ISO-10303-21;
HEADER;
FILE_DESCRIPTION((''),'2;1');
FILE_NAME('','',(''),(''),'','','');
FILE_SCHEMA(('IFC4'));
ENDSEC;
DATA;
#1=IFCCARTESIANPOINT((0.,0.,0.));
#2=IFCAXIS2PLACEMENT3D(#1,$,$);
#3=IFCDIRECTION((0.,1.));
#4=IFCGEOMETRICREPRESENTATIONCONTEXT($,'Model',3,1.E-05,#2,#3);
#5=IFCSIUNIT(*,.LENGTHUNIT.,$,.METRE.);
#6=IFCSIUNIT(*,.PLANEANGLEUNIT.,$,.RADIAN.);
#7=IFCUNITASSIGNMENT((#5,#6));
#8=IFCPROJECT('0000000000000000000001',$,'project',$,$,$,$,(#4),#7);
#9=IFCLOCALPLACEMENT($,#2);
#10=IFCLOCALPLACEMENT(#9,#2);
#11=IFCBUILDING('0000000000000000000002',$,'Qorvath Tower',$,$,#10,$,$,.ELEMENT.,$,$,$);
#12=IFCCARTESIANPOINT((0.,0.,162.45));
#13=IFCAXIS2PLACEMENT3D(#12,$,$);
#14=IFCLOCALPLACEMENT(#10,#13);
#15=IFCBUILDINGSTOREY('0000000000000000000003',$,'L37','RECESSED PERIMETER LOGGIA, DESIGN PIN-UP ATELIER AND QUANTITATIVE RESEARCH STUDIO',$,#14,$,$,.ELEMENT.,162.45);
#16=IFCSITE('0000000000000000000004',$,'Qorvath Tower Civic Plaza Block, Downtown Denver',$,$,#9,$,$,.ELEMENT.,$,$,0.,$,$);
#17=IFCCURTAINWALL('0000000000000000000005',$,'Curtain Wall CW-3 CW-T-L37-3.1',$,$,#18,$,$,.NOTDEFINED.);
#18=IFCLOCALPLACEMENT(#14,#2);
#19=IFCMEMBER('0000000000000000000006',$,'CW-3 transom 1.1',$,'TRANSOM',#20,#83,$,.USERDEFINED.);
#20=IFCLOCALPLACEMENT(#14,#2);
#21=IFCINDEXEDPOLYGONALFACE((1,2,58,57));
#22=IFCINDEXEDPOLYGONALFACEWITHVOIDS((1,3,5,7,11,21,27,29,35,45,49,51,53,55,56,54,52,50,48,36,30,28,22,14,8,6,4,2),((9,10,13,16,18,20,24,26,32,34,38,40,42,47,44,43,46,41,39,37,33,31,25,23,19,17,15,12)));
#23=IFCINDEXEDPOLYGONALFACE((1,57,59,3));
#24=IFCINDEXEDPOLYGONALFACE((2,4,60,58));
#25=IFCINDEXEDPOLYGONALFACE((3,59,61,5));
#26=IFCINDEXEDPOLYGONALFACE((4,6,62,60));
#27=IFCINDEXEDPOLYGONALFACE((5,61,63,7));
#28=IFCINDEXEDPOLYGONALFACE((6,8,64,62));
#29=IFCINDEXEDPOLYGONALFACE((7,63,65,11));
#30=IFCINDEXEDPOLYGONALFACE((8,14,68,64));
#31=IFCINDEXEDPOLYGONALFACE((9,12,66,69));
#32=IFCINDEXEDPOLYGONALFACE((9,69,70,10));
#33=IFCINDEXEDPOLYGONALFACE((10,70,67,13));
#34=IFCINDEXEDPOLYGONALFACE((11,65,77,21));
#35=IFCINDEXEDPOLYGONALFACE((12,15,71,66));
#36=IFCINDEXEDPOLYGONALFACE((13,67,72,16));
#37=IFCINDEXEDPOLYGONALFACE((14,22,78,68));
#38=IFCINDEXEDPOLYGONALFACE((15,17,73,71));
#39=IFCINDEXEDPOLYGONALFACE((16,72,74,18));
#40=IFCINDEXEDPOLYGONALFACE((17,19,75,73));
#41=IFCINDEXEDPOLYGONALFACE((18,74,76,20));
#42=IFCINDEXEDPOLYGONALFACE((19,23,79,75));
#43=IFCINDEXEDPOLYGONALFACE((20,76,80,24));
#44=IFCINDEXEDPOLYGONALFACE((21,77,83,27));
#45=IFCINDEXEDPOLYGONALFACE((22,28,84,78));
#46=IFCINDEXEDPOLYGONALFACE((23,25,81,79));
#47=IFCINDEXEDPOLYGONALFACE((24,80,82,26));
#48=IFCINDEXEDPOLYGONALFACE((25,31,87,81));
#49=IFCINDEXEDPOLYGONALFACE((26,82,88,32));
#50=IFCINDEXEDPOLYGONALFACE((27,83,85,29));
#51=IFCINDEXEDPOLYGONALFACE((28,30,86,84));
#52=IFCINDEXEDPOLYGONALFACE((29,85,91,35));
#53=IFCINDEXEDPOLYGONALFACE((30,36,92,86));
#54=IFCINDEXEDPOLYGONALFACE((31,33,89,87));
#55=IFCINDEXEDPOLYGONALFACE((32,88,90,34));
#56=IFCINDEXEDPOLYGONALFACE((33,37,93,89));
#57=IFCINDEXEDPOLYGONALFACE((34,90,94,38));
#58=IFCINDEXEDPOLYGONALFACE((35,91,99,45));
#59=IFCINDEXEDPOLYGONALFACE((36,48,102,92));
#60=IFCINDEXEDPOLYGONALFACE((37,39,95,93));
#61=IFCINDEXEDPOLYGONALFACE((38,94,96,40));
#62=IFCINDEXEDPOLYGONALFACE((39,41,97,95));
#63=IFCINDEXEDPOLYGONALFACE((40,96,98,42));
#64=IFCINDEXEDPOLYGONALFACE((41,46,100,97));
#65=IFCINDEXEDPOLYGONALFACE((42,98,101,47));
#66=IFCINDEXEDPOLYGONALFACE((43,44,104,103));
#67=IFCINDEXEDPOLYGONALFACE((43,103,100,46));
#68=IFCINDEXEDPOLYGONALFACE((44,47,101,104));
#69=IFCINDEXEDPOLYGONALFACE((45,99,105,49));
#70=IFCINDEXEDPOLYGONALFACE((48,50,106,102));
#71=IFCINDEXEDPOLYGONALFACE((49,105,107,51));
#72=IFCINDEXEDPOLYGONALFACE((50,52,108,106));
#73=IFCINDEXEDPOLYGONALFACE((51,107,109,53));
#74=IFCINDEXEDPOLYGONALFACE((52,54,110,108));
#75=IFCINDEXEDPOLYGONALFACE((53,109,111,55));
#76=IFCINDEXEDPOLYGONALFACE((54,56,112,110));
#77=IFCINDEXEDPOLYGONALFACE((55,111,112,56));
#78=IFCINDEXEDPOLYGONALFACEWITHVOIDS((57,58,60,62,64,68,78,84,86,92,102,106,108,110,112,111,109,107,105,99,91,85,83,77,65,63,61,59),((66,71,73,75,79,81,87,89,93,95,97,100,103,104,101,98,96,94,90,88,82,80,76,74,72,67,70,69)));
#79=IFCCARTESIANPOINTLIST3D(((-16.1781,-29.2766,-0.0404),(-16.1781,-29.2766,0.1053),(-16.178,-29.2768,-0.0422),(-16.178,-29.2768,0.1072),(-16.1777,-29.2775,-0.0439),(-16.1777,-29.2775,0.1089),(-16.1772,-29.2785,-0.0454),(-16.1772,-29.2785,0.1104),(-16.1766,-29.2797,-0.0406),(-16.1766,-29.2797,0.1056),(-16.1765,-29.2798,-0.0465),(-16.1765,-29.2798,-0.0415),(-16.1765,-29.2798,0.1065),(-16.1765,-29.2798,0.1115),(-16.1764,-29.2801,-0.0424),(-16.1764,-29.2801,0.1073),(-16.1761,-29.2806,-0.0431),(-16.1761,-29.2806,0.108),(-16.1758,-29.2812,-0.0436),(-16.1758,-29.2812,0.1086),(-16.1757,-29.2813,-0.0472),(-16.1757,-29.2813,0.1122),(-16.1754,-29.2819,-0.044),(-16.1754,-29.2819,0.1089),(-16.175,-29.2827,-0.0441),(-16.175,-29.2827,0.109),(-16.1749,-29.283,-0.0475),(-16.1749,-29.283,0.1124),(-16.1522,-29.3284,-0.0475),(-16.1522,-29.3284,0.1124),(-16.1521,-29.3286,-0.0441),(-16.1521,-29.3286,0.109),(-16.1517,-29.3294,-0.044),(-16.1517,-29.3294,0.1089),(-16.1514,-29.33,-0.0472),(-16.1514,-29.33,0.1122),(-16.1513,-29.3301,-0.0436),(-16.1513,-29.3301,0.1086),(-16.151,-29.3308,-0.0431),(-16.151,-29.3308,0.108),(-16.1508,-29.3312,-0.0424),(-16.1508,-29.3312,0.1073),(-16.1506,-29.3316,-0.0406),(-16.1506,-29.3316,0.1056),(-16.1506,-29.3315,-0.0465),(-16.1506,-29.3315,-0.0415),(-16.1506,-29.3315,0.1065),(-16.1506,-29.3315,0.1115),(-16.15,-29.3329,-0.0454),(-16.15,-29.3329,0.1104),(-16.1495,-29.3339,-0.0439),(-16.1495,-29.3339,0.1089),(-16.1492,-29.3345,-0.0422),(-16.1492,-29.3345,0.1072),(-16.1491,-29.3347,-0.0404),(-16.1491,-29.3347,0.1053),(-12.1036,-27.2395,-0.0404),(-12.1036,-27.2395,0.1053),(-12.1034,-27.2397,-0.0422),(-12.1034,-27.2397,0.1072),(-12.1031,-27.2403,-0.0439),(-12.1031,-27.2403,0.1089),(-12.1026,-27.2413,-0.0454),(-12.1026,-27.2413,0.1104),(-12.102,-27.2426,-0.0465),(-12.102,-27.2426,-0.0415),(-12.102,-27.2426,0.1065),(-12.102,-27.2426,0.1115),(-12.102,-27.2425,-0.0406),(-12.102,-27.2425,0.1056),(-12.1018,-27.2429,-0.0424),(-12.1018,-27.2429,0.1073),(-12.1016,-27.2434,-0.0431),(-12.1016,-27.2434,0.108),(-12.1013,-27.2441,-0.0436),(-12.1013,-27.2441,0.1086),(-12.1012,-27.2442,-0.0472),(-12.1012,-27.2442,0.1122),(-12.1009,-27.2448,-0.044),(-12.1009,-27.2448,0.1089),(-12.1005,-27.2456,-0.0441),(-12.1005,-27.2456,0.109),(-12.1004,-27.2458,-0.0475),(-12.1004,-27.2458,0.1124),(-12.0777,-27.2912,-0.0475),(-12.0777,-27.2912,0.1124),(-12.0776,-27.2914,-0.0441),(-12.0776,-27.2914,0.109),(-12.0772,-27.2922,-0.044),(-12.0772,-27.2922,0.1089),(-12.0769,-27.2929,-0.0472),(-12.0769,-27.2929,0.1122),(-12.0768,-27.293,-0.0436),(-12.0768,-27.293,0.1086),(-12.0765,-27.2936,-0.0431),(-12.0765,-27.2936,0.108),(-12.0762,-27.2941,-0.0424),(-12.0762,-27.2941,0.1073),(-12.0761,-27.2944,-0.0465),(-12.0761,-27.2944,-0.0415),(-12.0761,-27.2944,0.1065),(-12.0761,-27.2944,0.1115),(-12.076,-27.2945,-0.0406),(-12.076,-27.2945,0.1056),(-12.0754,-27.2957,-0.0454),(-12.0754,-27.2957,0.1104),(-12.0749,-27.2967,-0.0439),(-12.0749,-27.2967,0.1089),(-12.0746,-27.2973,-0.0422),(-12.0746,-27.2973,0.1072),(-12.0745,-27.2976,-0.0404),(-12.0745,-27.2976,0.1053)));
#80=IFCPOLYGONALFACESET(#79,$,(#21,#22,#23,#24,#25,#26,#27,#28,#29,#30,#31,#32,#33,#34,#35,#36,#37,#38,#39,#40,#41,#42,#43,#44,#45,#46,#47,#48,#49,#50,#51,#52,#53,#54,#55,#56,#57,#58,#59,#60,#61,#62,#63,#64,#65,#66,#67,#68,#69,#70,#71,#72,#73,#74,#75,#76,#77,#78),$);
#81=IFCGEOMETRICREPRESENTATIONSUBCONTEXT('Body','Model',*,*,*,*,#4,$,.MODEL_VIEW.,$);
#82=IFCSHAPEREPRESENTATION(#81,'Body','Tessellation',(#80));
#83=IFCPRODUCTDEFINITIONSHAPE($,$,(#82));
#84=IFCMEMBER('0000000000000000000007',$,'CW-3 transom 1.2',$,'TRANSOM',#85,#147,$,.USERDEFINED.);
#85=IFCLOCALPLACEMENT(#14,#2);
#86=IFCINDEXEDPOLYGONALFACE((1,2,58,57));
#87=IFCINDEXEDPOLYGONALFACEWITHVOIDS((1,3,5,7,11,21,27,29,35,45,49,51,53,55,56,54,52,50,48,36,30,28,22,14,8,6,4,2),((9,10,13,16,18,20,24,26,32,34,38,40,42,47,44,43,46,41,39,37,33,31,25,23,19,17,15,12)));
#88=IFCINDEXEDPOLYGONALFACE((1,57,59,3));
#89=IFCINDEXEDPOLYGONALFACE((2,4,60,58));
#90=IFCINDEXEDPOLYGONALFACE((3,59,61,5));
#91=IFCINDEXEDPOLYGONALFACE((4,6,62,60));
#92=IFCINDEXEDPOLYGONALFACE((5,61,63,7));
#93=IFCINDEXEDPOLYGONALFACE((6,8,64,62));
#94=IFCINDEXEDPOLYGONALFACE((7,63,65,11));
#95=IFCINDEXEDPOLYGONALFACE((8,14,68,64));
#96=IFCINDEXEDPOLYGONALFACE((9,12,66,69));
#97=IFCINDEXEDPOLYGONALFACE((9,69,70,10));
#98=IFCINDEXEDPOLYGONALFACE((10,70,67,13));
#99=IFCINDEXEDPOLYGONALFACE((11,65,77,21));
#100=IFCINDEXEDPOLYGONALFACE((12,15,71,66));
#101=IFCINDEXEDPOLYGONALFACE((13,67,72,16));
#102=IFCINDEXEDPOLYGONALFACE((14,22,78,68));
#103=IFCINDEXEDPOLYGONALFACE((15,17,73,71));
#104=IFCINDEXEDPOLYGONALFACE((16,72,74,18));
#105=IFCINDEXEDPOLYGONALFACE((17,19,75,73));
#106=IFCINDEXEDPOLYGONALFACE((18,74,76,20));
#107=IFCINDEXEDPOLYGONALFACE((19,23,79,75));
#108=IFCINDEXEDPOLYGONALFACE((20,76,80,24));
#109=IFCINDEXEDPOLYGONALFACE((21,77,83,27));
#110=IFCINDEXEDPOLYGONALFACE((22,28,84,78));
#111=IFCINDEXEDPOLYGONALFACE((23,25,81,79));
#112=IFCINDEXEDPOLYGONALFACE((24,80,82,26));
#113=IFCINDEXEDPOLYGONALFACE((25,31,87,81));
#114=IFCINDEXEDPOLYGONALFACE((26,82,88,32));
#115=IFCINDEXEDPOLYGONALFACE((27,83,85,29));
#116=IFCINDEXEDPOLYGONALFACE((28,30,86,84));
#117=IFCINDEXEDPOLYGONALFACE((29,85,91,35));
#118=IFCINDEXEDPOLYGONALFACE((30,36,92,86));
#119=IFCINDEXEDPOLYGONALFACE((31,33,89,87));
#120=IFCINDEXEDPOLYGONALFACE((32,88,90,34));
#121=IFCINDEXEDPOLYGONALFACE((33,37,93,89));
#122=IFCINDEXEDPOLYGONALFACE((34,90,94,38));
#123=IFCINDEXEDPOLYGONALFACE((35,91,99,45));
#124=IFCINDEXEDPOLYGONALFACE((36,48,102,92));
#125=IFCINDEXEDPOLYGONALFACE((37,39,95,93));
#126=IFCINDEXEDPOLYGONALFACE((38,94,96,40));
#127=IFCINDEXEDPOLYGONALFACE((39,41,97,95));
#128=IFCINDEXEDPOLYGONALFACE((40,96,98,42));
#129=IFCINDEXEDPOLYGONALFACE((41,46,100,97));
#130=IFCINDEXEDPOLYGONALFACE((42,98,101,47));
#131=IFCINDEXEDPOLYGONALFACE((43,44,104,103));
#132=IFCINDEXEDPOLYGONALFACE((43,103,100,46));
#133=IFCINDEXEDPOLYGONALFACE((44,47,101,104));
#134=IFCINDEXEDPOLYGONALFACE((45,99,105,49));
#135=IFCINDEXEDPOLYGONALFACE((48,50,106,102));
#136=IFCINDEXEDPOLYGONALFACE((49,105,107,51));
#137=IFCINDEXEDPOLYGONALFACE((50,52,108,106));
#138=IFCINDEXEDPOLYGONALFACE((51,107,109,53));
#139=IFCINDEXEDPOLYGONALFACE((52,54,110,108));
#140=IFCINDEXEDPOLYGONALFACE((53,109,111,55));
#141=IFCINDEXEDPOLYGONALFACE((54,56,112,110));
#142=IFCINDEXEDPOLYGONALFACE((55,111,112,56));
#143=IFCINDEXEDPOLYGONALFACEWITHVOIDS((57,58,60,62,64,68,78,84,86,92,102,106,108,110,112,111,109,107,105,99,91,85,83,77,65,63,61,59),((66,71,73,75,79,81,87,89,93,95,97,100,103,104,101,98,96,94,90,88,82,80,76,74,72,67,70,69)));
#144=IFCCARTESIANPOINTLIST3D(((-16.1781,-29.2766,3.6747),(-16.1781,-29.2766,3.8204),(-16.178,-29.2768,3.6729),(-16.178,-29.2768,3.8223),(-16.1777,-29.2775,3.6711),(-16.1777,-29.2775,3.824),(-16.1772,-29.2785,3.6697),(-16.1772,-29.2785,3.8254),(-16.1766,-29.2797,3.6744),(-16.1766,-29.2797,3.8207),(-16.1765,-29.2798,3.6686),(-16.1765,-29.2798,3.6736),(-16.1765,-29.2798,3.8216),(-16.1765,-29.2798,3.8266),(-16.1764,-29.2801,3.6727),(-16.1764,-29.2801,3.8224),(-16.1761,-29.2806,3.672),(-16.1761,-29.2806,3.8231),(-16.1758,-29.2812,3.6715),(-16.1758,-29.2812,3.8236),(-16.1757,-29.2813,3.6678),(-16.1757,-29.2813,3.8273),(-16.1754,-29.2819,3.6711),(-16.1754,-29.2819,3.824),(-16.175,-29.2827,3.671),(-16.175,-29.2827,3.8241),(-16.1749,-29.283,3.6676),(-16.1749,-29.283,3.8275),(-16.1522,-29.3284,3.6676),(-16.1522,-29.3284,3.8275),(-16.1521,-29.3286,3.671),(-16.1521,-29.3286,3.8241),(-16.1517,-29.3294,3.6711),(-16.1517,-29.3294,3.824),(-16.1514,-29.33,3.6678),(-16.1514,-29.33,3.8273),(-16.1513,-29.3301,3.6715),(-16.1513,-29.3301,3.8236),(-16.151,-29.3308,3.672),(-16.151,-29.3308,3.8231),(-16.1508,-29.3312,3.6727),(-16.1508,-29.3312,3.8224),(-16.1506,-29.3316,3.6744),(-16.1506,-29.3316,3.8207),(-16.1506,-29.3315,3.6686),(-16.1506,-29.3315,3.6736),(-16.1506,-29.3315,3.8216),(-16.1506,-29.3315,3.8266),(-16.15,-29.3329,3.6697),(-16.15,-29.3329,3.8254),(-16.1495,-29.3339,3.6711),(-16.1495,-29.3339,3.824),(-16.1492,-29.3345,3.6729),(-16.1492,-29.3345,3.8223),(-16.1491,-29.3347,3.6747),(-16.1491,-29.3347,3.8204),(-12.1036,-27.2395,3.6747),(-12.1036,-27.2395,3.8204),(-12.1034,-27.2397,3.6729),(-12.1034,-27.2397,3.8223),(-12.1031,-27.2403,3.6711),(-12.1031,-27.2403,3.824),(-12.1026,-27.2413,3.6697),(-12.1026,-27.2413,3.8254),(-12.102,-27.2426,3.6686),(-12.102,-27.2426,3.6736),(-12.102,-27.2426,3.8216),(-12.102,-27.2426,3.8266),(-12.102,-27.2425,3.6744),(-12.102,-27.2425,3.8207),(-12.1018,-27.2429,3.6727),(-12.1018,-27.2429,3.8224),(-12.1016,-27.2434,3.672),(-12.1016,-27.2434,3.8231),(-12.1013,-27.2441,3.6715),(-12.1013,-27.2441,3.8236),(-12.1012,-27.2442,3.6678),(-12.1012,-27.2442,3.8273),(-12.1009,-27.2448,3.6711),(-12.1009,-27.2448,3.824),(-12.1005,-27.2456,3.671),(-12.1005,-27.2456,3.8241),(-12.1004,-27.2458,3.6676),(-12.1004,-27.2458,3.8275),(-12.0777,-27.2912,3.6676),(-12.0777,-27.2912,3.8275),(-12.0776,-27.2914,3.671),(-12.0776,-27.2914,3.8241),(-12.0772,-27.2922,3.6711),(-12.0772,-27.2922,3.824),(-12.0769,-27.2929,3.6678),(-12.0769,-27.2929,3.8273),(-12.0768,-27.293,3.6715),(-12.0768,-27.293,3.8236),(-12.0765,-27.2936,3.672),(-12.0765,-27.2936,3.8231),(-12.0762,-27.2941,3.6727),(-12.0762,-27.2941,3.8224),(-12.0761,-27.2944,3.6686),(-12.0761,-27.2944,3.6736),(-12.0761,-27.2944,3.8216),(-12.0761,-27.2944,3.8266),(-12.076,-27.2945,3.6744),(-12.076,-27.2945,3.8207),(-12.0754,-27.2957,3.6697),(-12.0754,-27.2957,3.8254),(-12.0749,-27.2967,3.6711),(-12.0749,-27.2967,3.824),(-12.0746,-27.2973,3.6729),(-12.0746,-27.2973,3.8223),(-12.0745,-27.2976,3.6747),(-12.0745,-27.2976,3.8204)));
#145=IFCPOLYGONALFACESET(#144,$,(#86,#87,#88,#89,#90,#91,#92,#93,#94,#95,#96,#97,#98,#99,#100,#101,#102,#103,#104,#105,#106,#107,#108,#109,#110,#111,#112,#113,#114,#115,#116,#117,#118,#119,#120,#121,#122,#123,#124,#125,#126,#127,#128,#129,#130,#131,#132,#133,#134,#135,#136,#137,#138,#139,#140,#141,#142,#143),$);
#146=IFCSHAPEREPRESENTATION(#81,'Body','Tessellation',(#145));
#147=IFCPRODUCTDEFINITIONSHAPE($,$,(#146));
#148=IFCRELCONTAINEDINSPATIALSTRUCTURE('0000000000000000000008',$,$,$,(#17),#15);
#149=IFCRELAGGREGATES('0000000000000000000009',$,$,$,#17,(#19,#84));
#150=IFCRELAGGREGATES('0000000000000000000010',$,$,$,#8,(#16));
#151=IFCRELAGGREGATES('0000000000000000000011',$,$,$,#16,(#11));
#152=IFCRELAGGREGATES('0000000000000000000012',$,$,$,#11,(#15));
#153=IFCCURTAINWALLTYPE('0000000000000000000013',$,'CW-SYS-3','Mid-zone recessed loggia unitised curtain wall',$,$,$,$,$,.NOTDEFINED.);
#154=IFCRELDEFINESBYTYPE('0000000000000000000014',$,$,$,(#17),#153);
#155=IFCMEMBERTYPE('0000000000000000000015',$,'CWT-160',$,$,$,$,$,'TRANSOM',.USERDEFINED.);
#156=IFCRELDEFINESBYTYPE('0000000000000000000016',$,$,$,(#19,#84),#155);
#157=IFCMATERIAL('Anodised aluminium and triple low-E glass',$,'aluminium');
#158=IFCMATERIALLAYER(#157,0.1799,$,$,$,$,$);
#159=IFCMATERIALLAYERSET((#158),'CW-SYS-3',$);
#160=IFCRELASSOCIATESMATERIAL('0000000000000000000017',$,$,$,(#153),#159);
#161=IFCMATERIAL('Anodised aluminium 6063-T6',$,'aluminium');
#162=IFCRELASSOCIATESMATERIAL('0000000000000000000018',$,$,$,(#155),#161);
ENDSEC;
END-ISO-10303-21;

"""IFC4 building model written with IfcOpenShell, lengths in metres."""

from ifc_helpers import new_model, si_unit, direction, frame, origin, origin_2d, place, context, subcontext, project, spatial, hollow_rectangle, extrude, material, layer, layer_set, material_profile, profile_set, type_object, element, aggregate, save


model = new_model("IFC4")

# Units and contexts
model_context = context("Model", 3, precision=1e-05, world=origin(), true_north=direction((0.0, 1.0)))
body_context = subcontext(model_context, "Body", "Model", "MODEL_VIEW")
ifc_project = project(units=[si_unit("LENGTHUNIT", "METRE"), si_unit("PLANEANGLEUNIT", "RADIAN")], contexts=[model_context])

# Site, building, storey
site_placement = place(None, origin())
site = spatial("IfcSite", under=ifc_project, at=site_placement, Name="Qorvath Tower Civic Plaza Block, Downtown Denver", CompositionType="ELEMENT", RefElevation=0.0)
building_placement = place(site_placement, origin())
building = spatial("IfcBuilding", under=site, at=building_placement, Name="Qorvath Tower", CompositionType="ELEMENT")
storey_placement = place(building_placement, frame((0.0, 0.0, 162.45)))
storey = spatial("IfcBuildingStorey", under=building, at=storey_placement, Name="L37", Description="RECESSED PERIMETER LOGGIA, DESIGN PIN-UP ATELIER AND QUANTITATIVE RESEARCH STUDIO", CompositionType="ELEMENT", Elevation=162.45)

# Shared definitions
ifc_material_1 = material(Name="Anodised aluminium and triple low-E glass", Category="aluminium")
ifc_layer_1 = layer(ifc_material_1, 0.1799)
ifc_layer_set_1 = layer_set([ifc_layer_1], Name="CW-SYS-3")
curtain_wall_type = type_object("IfcCurtainWallType", Name="CW-SYS-3", Description="Mid-zone recessed loggia unitised curtain wall", PredefinedType="NOTDEFINED", material=ifc_layer_set_1)

# Curtain wall
curtain_wall_1_placement = place(storey_placement, origin())
curtain_wall_1 = element("IfcCurtainWall", 1, at=curtain_wall_1_placement, inside=storey, type_object=curtain_wall_type, Name="Curtain Wall CW-3 CW-T-L37-3.1", PredefinedType="NOTDEFINED")

# Members
ifc_material_2 = material(Name="Anodised aluminium 6063-T6", Category="aluminium")
ifc_material_profile_1 = material_profile(ifc_material_2, hollow_rectangle(XDim=0.0649, YDim=0.1599, WallThickness=0.0034, InnerFilletRadius=0.0034, OuterFilletRadius=0.0071, at=origin_2d()), Name="CWT 160x65")
ifc_profile_set_1 = profile_set([ifc_material_profile_1], Name="Anodised aluminium 6063-T6")
member_type_1 = type_object("IfcMemberType", Name="CWT-160", ElementType="TRANSOM", PredefinedType="USERDEFINED", material=ifc_profile_set_1)
member_1_placement = place(storey_placement, frame((-16.1636, -29.3057, 0.0325), z_axis=(0.894438, 0.447192, 0.0), x_axis=(-0.447192, 0.894438, 0.0)))
member_1 = element("IfcMember", 2, at=member_1_placement, type_object=member_type_1, Name="CW-3 transom 1.1", ObjectType="TRANSOM", PredefinedType="USERDEFINED", context=body_context, shape_type="SweptSolid", body=[
    extrude(hollow_rectangle(XDim=0.0649, YDim=0.1599, WallThickness=0.0034, InnerFilletRadius=0.0034, OuterFilletRadius=0.0071, at=origin_2d()), origin(), (0.0, 0.0, 1.0), 4.5554),
])
member_2_placement = place(storey_placement, frame((-16.1636, -29.3057, 3.7476), z_axis=(0.894438, 0.447192, 0.0), x_axis=(-0.447192, 0.894438, 0.0)))
member_2 = element("IfcMember", 3, at=member_2_placement, type_object=member_type_1, Name="CW-3 transom 1.2", ObjectType="TRANSOM", PredefinedType="USERDEFINED", context=body_context, shape_type="SweptSolid", body=[
    extrude(hollow_rectangle(XDim=0.0649, YDim=0.1599, WallThickness=0.0034, InnerFilletRadius=0.0034, OuterFilletRadius=0.0071, at=origin_2d()), origin(), (0.0, 0.0, 1.0), 4.5554),
])

aggregate(curtain_wall_1, [member_1, member_2])

save(model, "model.ifc")
